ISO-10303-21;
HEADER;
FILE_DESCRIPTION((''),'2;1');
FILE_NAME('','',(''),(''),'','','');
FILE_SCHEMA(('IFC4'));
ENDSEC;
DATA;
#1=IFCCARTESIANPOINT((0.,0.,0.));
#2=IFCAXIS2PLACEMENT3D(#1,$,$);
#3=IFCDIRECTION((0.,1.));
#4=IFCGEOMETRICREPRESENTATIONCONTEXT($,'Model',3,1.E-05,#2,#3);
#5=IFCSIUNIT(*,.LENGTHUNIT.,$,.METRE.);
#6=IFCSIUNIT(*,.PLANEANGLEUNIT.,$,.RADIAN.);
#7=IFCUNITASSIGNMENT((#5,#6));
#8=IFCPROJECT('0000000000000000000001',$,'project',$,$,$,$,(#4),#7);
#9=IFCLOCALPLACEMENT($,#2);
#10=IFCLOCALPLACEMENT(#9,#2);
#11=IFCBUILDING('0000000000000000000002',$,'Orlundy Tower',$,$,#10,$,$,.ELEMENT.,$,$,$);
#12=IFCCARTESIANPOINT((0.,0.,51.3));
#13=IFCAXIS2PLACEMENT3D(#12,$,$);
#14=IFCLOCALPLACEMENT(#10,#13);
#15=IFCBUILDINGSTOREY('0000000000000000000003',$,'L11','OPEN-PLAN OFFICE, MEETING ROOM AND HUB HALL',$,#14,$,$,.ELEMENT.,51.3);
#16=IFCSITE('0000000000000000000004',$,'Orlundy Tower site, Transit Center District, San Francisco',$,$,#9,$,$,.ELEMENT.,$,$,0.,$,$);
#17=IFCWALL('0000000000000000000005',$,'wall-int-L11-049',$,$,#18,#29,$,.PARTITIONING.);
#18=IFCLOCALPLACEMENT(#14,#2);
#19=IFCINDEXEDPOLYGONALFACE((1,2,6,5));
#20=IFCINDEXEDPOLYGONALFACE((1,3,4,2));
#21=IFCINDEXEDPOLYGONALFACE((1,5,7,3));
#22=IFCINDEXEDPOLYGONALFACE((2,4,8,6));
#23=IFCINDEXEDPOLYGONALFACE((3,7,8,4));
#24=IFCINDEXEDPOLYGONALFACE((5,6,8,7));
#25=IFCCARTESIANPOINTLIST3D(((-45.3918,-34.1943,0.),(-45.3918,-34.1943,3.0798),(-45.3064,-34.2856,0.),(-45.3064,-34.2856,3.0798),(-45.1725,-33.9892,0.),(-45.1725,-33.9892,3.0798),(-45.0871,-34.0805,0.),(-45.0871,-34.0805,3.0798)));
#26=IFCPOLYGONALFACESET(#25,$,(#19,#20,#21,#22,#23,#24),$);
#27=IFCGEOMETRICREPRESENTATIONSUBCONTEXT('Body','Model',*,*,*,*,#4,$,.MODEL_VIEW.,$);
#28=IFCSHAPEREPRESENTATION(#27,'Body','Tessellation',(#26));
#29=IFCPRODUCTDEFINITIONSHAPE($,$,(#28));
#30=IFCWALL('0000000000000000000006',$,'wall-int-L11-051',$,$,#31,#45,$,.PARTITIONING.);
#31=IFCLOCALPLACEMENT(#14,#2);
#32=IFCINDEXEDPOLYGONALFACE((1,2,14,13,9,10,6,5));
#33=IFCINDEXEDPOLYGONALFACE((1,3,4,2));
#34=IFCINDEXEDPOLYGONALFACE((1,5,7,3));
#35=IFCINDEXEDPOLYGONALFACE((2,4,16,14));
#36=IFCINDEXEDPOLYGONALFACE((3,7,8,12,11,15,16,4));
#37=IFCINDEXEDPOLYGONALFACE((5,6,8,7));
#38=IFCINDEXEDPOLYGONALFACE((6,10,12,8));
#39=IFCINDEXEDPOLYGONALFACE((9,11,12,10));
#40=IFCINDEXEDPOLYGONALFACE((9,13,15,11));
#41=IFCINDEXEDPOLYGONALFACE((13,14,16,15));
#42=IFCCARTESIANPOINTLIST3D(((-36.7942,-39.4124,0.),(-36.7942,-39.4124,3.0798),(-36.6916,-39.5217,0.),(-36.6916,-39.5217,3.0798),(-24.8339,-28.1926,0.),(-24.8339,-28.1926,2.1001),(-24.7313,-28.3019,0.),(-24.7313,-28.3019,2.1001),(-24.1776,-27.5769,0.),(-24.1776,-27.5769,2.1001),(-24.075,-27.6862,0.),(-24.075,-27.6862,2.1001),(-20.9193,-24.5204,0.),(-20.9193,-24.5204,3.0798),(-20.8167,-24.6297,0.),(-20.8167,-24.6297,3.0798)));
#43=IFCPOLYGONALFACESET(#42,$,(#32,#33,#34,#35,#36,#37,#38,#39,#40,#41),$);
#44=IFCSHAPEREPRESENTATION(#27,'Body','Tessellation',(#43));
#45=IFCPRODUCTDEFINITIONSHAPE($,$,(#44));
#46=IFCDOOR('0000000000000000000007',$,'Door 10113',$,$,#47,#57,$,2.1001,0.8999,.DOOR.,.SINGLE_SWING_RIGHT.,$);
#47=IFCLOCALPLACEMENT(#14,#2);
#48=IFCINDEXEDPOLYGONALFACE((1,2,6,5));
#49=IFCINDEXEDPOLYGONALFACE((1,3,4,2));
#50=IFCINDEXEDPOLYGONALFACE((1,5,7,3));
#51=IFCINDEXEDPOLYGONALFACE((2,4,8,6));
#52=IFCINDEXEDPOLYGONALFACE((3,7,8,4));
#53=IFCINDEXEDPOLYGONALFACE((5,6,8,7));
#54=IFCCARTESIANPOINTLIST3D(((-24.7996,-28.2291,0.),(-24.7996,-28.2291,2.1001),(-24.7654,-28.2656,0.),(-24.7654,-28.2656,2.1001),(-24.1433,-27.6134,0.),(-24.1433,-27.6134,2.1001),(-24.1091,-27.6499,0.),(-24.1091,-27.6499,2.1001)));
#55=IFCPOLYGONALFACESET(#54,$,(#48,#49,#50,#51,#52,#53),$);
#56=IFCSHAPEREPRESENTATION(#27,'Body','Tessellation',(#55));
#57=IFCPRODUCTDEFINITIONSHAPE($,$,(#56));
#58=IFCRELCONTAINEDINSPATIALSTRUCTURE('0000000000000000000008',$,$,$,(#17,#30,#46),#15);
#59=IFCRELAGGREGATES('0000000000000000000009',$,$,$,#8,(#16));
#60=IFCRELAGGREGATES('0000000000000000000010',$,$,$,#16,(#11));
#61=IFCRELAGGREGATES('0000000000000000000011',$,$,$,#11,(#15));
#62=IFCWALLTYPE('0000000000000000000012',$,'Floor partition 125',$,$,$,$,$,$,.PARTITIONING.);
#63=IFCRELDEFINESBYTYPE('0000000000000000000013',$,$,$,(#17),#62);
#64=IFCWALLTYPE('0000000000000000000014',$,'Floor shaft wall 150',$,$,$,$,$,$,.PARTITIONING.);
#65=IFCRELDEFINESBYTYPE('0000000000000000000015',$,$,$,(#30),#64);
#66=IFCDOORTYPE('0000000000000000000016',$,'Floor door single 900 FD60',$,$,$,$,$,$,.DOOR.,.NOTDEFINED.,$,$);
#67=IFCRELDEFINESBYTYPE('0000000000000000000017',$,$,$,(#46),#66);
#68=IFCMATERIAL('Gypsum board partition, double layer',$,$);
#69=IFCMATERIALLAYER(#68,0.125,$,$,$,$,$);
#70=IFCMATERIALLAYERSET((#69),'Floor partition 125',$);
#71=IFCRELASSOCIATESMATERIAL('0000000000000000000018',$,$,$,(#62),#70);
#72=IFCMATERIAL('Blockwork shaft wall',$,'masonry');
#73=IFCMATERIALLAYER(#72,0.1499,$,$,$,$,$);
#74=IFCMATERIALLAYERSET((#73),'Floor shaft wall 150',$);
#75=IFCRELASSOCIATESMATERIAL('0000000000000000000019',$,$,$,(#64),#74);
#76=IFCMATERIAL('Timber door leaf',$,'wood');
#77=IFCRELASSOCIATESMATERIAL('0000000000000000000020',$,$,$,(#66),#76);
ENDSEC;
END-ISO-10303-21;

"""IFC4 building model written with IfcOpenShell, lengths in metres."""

from ifc_helpers import new_model, si_unit, direction, frame, frame_2d, origin, place, context, subcontext, project, spatial, rectangle, extrude, material, layer, layer_set, type_object, element, fill, save


model = new_model("IFC4")

# Units and contexts
model_context = context("Model", 3, precision=1e-05, world=origin(), true_north=direction((0.0, 1.0)))
body_context = subcontext(model_context, "Body", "Model", "MODEL_VIEW")
ifc_project = project(units=[si_unit("LENGTHUNIT", "METRE"), si_unit("PLANEANGLEUNIT", "RADIAN")], contexts=[model_context])

# Site, building, storey
site_placement = place(None, origin())
site = spatial("IfcSite", under=ifc_project, at=site_placement, Name="Orlundy Tower site, Transit Center District, San Francisco", CompositionType="ELEMENT", RefElevation=0.0)
building_placement = place(site_placement, origin())
building = spatial("IfcBuilding", under=site, at=building_placement, Name="Orlundy Tower", CompositionType="ELEMENT")
storey_placement = place(building_placement, frame((0.0, 0.0, 51.3)))
storey = spatial("IfcBuildingStorey", under=building, at=storey_placement, Name="L11", Description="OPEN-PLAN OFFICE, MEETING ROOM AND HUB HALL", CompositionType="ELEMENT", Elevation=51.3)

# Shared definitions
ifc_material_1 = material(Name="Gypsum board partition, double layer")
ifc_layer_1 = layer(ifc_material_1, 0.125)
ifc_layer_set_1 = layer_set([ifc_layer_1], Name="Floor partition 125")
wall_type_1 = type_object("IfcWallType", Name="Floor partition 125", PredefinedType="PARTITIONING", material=ifc_layer_set_1)

# Wall
wall_1_placement = place(storey_placement, frame((-45.3491, -34.24, 0.0), z_axis=(0.0, 0.0, 1.0), x_axis=(0.730298, 0.683129, 0.0)))
element("IfcWall", 1, at=wall_1_placement, inside=storey, type_object=wall_type_1, Name="wall-int-L11-049", PredefinedType="PARTITIONING", context=body_context, shape_type="SweptSolid", body=[
    extrude(rectangle(XDim=0.3003, YDim=0.125, at=frame_2d((0.1501, 0.0))), origin(), (0.0, 0.0, 1.0), 3.0798),
])

# Wall, opening, door
ifc_material_2 = material(Name="Blockwork shaft wall", Category="masonry")
ifc_layer_2 = layer(ifc_material_2, 0.1499)
ifc_layer_set_2 = layer_set([ifc_layer_2], Name="Floor shaft wall 150")
wall_type_2 = type_object("IfcWallType", Name="Floor shaft wall 150", PredefinedType="PARTITIONING", material=ifc_layer_set_2)
wall_2_placement = place(storey_placement, frame((-36.7429, -39.467, 0.0), z_axis=(0.0, 0.0, 1.0), x_axis=(0.729325, 0.684168, 0.0)))
wall_2 = element("IfcWall", 2, at=wall_2_placement, inside=storey, type_object=wall_type_2, Name="wall-int-L11-051", PredefinedType="PARTITIONING", context=body_context, shape_type="SweptSolid", body=[
    extrude(rectangle(XDim=21.7666, YDim=0.1499, at=frame_2d((10.8833, 0.0))), origin(), (0.0, 0.0, 1.0), 3.0798),
])
opening_1_placement = place(wall_2_placement, frame((16.3992, 0.0, 0.0)))
opening_1 = element("IfcOpeningElement", 3, at=opening_1_placement, cuts=wall_2, PredefinedType="OPENING", context=body_context, shape_type="SweptSolid", body=[
    extrude(rectangle(XDim=0.8999, YDim=2.1001, at=frame_2d((0.45, 1.05))), frame((0.0, 0.085, 0.0), z_axis=(0.0, -1.0, 0.0), x_axis=(1.0, 0.0, 0.0)), (0.0, 0.0, 1.0), 0.1699),
])
ifc_material_3 = material(Name="Timber door leaf", Category="wood")
door_type_1 = type_object("IfcDoorType", Name="Floor door single 900 FD60", OperationType="NOTDEFINED", PredefinedType="DOOR", material=ifc_material_3)
door_1_placement = place(opening_1_placement, origin())
door_1 = element("IfcDoor", 4, at=door_1_placement, inside=storey, type_object=door_type_1, Name="Door 10113", OperationType="SINGLE_SWING_RIGHT", OverallHeight=2.1001, OverallWidth=0.8999, PredefinedType="DOOR", context=body_context, shape_type="SweptSolid", body=[
    extrude(rectangle(XDim=0.8999, YDim=2.1001, at=frame_2d((0.45, 1.05))), frame((0.0, 0.0249, 0.0), z_axis=(0.0, -1.0, 0.0), x_axis=(1.0, 0.0, 0.0)), (0.0, 0.0, 1.0), 0.05),
])
fill(opening_1, door_1)

save(model, "model.ifc")
